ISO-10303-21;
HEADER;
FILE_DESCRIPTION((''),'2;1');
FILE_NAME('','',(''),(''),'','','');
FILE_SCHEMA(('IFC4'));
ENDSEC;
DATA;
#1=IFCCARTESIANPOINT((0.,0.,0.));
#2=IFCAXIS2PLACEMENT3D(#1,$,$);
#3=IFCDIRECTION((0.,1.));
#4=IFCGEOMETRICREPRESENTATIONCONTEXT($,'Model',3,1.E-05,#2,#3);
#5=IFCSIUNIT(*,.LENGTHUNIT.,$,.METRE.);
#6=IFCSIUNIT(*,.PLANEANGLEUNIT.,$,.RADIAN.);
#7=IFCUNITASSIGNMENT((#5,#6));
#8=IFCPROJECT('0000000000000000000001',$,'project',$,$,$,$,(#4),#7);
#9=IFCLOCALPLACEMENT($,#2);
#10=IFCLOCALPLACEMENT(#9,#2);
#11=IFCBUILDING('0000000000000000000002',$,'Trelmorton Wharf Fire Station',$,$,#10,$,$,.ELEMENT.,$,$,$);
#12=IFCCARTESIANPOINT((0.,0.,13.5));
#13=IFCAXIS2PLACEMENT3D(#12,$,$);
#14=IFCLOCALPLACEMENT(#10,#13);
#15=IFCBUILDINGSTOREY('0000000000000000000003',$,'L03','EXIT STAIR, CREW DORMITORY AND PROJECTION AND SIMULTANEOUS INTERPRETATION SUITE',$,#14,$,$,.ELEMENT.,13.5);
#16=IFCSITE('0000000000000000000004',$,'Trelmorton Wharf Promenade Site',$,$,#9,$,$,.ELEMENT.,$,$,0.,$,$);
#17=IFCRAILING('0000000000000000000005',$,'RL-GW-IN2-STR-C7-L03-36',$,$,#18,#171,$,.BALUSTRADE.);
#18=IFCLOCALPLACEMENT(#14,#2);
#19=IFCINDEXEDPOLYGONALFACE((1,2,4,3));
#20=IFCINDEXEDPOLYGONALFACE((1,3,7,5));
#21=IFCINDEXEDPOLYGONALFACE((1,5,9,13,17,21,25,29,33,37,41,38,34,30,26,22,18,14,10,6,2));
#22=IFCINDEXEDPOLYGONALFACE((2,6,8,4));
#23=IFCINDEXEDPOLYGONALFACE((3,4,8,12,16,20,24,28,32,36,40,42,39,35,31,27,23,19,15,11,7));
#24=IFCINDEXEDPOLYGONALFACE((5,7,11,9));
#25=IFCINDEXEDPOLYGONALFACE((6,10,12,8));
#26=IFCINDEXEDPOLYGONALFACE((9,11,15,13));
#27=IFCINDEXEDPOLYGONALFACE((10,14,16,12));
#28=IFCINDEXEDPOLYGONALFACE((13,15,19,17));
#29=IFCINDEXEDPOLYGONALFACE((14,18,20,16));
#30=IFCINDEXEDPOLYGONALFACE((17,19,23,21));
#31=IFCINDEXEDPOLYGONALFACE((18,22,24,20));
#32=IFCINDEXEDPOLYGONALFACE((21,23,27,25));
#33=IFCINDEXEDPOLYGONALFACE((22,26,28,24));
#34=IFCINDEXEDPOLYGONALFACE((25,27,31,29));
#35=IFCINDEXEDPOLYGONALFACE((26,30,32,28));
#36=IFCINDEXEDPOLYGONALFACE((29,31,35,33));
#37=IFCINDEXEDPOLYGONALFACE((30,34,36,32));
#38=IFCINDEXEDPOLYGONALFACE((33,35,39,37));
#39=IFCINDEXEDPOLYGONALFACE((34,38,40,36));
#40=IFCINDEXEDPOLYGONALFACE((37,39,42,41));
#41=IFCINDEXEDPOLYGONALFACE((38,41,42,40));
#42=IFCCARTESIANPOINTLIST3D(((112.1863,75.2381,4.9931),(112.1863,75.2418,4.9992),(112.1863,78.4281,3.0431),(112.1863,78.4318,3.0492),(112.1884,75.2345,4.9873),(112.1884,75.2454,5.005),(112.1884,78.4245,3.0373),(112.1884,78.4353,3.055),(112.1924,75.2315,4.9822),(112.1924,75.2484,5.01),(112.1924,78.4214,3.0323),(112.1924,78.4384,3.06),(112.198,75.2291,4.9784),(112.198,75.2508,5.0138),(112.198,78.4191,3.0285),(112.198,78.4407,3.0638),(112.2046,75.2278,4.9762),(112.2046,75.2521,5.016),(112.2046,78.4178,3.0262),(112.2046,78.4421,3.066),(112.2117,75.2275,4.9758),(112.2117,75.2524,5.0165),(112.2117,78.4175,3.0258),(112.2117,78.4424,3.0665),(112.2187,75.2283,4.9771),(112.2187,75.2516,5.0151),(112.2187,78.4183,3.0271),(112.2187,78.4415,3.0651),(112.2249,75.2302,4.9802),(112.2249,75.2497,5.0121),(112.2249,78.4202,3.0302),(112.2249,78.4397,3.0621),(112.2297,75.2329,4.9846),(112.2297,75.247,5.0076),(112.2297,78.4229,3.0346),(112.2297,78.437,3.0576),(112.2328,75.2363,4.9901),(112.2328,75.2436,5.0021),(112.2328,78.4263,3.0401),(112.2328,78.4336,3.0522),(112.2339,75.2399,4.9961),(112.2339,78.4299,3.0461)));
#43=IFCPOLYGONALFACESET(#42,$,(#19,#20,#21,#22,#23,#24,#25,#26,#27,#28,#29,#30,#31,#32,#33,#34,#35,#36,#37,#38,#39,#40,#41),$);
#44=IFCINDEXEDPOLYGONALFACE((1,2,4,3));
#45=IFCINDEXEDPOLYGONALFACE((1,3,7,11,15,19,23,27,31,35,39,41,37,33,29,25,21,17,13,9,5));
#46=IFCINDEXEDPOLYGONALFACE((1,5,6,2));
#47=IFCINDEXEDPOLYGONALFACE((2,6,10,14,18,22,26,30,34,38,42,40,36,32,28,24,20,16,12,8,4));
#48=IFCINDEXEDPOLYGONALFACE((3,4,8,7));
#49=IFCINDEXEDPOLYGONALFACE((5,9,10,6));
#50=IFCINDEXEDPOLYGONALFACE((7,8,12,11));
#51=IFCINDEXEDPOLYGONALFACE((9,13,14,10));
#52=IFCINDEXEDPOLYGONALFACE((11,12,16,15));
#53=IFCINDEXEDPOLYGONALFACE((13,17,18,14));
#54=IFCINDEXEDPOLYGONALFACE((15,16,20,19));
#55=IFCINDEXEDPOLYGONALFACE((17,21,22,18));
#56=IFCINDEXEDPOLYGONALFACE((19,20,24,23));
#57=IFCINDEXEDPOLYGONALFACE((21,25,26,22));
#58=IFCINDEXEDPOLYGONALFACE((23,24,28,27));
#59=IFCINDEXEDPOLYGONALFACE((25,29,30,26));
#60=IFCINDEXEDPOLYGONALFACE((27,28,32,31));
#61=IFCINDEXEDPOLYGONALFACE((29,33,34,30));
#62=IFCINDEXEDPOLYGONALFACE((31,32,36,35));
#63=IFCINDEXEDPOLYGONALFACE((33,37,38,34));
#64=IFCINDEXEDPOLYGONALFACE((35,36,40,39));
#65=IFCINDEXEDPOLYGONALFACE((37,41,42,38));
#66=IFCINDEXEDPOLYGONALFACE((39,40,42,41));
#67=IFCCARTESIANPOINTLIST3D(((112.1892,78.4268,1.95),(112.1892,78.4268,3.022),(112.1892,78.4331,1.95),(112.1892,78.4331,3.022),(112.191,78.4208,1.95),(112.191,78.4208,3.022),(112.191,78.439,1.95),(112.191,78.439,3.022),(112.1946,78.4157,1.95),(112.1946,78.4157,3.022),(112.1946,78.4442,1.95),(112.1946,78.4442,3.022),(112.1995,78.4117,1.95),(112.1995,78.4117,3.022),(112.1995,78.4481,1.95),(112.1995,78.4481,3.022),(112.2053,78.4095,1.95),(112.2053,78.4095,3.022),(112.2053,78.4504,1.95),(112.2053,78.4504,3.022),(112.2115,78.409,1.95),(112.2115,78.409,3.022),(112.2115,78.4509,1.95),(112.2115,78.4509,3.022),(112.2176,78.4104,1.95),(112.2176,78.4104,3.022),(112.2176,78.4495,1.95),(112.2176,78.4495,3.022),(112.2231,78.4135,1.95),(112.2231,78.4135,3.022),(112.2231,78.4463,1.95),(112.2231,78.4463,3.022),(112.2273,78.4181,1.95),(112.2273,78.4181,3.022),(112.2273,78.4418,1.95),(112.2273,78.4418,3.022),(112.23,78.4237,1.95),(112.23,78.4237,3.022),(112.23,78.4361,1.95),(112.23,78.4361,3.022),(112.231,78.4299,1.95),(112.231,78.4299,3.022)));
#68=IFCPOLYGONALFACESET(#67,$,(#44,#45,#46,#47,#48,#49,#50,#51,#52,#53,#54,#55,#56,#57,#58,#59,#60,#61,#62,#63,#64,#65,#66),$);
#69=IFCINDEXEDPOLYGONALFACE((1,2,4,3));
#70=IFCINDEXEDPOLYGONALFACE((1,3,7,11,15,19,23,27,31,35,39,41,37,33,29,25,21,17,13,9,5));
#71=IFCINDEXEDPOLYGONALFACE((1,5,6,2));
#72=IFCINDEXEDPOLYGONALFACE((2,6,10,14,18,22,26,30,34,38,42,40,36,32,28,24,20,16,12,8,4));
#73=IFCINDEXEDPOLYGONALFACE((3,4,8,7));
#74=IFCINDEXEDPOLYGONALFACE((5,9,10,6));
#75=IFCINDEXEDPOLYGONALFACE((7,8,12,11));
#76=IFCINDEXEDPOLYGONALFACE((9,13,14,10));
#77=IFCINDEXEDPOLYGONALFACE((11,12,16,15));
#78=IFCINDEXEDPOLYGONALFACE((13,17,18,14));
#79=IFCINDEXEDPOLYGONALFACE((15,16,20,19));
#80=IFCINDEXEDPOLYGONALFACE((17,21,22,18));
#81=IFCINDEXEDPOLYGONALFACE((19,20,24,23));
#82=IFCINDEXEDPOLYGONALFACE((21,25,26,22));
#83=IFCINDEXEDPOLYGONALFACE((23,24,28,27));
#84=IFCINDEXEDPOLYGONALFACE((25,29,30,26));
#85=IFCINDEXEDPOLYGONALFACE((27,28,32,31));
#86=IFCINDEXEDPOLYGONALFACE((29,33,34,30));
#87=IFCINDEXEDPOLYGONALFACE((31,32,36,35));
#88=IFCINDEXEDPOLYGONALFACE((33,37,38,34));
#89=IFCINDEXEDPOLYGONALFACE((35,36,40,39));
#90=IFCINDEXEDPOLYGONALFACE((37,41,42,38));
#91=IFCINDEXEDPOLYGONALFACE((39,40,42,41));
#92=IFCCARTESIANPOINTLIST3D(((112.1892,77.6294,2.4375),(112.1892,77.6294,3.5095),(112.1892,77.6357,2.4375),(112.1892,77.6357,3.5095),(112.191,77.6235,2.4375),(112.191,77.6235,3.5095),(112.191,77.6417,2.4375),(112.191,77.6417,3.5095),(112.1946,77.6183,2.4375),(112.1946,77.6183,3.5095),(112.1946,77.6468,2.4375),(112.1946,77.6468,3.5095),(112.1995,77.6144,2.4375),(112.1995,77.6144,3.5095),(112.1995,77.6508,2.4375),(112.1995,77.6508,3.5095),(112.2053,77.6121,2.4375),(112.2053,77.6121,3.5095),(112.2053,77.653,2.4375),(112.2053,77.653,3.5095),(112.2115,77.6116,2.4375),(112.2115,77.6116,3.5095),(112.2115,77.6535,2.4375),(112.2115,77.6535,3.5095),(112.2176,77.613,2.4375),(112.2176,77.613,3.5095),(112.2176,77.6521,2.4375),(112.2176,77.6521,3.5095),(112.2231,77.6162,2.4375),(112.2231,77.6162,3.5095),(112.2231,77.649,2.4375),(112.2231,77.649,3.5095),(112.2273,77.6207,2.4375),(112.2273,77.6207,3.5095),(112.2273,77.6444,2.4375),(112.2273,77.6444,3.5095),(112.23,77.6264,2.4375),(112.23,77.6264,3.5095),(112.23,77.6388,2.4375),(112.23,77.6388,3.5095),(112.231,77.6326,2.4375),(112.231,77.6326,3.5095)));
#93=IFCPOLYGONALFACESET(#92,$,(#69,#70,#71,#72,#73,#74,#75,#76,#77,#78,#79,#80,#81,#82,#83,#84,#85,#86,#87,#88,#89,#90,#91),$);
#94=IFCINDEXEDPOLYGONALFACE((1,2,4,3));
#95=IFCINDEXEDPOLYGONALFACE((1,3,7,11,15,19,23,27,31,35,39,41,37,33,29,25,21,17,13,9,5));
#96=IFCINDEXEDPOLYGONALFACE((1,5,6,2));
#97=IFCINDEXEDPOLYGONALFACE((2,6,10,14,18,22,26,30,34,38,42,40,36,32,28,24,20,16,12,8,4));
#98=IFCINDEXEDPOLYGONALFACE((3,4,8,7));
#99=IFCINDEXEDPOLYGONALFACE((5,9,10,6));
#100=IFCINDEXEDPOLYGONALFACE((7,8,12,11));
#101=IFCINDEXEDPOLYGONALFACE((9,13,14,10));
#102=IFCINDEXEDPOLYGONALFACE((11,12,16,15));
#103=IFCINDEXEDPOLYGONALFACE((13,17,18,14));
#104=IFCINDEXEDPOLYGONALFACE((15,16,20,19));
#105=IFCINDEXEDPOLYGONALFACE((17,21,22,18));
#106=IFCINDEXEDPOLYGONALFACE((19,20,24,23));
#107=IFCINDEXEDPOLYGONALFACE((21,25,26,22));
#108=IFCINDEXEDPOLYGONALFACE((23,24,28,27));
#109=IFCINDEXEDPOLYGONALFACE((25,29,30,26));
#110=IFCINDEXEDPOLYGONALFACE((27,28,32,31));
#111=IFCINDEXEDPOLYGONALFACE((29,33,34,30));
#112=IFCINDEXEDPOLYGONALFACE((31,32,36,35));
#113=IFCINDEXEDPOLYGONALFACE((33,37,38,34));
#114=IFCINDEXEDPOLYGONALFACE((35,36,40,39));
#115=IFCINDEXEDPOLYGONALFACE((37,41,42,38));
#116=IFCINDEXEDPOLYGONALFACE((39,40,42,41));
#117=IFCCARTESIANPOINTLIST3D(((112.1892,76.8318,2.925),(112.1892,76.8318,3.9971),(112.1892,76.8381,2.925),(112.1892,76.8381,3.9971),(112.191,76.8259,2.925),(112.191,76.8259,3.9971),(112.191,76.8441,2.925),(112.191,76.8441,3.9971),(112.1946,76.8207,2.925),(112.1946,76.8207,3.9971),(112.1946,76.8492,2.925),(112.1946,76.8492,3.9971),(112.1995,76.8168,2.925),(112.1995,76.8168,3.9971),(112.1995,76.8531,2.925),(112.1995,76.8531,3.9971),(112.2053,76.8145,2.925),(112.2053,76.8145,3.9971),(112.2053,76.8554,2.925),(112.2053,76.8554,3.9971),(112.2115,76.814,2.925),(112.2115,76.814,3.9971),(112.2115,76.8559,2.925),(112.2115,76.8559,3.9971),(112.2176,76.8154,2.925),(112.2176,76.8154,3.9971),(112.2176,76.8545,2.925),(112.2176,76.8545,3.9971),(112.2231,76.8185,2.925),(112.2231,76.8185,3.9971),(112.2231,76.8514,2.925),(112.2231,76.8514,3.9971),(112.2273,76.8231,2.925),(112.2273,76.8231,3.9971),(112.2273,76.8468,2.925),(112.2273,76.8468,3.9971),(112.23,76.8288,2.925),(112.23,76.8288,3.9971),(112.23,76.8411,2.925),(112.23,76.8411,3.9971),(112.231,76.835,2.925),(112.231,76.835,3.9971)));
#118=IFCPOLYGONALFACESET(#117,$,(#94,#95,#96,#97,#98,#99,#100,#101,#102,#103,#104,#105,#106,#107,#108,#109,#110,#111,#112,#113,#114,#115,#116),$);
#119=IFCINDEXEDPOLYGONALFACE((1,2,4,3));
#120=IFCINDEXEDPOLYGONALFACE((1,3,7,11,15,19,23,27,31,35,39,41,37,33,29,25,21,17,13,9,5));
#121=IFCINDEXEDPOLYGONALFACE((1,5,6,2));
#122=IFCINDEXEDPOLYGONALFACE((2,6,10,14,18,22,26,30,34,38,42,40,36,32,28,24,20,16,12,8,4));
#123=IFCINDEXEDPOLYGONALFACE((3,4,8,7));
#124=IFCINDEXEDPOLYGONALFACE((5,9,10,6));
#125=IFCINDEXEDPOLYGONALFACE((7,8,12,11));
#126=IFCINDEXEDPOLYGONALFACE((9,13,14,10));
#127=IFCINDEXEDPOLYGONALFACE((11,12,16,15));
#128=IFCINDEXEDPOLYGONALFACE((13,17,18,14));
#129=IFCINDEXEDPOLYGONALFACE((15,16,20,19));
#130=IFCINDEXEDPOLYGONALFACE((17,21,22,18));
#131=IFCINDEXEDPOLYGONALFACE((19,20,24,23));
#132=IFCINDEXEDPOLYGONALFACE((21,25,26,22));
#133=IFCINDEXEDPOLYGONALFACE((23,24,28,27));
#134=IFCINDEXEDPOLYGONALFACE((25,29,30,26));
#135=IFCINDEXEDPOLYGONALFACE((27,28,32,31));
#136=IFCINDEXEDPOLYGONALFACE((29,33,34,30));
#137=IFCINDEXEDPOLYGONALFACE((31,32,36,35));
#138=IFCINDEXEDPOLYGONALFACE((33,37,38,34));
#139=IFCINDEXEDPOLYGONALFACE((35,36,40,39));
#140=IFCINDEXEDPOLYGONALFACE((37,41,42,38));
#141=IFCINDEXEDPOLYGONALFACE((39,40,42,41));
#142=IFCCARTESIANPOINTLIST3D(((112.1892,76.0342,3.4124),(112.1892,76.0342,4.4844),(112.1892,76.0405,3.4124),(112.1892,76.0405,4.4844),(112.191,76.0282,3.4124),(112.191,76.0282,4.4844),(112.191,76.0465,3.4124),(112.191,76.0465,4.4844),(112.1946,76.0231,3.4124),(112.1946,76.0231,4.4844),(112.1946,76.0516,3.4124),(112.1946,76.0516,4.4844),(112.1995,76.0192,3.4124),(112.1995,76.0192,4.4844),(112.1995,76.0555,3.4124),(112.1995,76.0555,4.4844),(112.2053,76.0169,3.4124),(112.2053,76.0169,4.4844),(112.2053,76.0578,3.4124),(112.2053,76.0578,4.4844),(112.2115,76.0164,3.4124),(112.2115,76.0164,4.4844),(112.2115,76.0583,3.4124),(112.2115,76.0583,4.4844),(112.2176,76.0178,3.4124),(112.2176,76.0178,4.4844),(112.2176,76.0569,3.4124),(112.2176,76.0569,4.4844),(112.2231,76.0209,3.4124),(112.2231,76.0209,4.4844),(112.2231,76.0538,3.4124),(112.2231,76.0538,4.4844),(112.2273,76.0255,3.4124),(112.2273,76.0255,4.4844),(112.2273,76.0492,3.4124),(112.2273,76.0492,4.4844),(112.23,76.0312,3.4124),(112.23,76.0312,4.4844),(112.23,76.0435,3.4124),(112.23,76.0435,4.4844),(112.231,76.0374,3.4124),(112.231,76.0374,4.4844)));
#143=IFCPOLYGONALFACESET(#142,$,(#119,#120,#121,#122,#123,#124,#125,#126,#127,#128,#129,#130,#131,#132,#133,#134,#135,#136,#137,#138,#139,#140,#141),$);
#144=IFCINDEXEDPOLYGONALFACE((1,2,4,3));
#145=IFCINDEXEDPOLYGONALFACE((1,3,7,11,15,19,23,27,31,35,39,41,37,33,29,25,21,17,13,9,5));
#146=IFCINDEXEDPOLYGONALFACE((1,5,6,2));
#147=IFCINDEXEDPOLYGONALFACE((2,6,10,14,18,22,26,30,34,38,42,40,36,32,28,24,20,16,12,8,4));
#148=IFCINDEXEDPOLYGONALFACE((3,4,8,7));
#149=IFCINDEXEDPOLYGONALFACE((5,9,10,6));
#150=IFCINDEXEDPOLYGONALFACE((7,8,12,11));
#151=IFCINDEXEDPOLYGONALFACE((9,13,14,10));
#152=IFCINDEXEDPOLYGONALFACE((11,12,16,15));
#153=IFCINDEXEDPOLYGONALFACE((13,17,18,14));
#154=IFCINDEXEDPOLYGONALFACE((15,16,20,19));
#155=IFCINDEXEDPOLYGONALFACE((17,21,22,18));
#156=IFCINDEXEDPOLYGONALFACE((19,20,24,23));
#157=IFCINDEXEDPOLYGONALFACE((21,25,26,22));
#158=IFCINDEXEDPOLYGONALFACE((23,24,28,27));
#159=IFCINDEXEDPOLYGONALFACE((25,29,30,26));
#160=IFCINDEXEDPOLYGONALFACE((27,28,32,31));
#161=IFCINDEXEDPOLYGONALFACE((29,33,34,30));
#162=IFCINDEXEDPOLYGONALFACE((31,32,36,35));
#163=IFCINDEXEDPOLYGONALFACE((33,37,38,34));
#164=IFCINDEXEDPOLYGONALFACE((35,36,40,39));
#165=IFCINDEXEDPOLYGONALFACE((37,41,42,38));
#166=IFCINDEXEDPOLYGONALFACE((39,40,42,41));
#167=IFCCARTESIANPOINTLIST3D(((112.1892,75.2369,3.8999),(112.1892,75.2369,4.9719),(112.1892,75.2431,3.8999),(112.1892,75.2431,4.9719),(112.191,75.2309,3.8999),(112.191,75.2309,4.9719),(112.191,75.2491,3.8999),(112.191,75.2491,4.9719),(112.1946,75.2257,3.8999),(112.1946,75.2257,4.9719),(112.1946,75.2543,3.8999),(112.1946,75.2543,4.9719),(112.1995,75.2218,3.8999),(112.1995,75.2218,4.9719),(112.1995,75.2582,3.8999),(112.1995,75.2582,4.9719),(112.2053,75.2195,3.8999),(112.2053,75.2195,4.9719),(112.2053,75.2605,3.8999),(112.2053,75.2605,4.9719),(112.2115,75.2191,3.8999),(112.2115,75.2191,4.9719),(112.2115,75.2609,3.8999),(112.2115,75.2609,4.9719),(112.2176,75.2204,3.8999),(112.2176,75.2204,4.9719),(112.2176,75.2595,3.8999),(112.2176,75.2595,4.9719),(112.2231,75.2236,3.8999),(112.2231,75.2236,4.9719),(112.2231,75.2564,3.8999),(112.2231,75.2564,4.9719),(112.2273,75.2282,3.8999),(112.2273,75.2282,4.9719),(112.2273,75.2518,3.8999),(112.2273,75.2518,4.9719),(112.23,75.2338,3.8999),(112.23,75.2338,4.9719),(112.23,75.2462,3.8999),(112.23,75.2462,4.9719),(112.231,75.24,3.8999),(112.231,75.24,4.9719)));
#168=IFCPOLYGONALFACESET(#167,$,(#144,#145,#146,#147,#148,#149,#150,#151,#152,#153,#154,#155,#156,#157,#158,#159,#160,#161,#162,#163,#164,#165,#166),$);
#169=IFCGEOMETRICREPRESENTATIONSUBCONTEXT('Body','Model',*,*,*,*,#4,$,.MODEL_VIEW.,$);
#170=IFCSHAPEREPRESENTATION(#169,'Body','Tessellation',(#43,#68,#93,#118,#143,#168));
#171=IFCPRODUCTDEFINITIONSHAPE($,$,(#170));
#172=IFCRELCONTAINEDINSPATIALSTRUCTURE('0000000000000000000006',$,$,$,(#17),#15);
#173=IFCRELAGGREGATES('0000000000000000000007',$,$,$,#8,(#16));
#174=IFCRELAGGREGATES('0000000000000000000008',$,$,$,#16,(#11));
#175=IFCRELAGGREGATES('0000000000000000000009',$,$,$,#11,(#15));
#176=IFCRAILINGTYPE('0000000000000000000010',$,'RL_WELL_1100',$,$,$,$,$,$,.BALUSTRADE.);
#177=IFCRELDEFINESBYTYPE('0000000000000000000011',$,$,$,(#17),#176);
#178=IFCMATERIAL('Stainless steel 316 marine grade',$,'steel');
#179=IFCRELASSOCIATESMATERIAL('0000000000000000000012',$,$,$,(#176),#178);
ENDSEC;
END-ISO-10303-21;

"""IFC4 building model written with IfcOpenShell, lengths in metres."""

from ifc_helpers import new_model, si_unit, direction, frame, origin, origin_2d, place, context, subcontext, project, spatial, circle, extrude, material, type_object, element, save


model = new_model("IFC4")

# Units and contexts
model_context = context("Model", 3, precision=1e-05, world=origin(), true_north=direction((0.0, 1.0)))
body_context = subcontext(model_context, "Body", "Model", "MODEL_VIEW")
ifc_project = project(units=[si_unit("LENGTHUNIT", "METRE"), si_unit("PLANEANGLEUNIT", "RADIAN")], contexts=[model_context])

# Site, building, storey
site_placement = place(None, origin())
site = spatial("IfcSite", under=ifc_project, at=site_placement, Name="Trelmorton Wharf Promenade Site", CompositionType="ELEMENT", RefElevation=0.0)
building_placement = place(site_placement, origin())
building = spatial("IfcBuilding", under=site, at=building_placement, Name="Trelmorton Wharf Fire Station", CompositionType="ELEMENT")
storey_placement = place(building_placement, frame((0.0, 0.0, 13.5)))
storey = spatial("IfcBuildingStorey", under=building, at=storey_placement, Name="L03", Description="EXIT STAIR, CREW DORMITORY AND PROJECTION AND SIMULTANEOUS INTERPRETATION SUITE", CompositionType="ELEMENT", Elevation=13.5)

# Shared definitions
ifc_material_1 = material(Name="Stainless steel 316 marine grade", Category="steel")

# Railing
railing_type_1 = type_object("IfcRailingType", Name="RL_WELL_1100", PredefinedType="BALUSTRADE", material=ifc_material_1)
railing_1_placement = place(storey_placement, frame((112.21, 78.4299, 1.95)))
element("IfcRailing", 1, at=railing_1_placement, inside=storey, type_object=railing_type_1, Name="RL-GW-IN2-STR-C7-L03-36", PredefinedType="BALUSTRADE", context=body_context, shape_type="SweptSolid", body=[
    extrude(circle(Radius=0.0239, at=origin_2d()), frame((0.0, 0.0, 1.0962), z_axis=(0.0, -0.853217, 0.521556), x_axis=(1.0, 0.0, 0.0)), (0.0, 0.0, 1.0), 3.7388),
    extrude(circle(Radius=0.021, at=origin_2d()), origin(), (0.0, 0.0, 1.0), 1.072),
    extrude(circle(Radius=0.021, at=origin_2d()), frame((0.0, -0.7974, 0.4875)), (0.0, 0.0, 1.0), 1.072),
    extrude(circle(Radius=0.021, at=origin_2d()), frame((0.0, -1.595, 0.9751)), (0.0, 0.0, 1.0), 1.072),
    extrude(circle(Radius=0.021, at=origin_2d()), frame((0.0, -2.3926, 1.4624)), (0.0, 0.0, 1.0), 1.072),
    extrude(circle(Radius=0.021, at=origin_2d()), frame((0.0, -3.1899, 1.95)), (0.0, 0.0, 1.0), 1.072),
])

save(model, "model.ifc")
